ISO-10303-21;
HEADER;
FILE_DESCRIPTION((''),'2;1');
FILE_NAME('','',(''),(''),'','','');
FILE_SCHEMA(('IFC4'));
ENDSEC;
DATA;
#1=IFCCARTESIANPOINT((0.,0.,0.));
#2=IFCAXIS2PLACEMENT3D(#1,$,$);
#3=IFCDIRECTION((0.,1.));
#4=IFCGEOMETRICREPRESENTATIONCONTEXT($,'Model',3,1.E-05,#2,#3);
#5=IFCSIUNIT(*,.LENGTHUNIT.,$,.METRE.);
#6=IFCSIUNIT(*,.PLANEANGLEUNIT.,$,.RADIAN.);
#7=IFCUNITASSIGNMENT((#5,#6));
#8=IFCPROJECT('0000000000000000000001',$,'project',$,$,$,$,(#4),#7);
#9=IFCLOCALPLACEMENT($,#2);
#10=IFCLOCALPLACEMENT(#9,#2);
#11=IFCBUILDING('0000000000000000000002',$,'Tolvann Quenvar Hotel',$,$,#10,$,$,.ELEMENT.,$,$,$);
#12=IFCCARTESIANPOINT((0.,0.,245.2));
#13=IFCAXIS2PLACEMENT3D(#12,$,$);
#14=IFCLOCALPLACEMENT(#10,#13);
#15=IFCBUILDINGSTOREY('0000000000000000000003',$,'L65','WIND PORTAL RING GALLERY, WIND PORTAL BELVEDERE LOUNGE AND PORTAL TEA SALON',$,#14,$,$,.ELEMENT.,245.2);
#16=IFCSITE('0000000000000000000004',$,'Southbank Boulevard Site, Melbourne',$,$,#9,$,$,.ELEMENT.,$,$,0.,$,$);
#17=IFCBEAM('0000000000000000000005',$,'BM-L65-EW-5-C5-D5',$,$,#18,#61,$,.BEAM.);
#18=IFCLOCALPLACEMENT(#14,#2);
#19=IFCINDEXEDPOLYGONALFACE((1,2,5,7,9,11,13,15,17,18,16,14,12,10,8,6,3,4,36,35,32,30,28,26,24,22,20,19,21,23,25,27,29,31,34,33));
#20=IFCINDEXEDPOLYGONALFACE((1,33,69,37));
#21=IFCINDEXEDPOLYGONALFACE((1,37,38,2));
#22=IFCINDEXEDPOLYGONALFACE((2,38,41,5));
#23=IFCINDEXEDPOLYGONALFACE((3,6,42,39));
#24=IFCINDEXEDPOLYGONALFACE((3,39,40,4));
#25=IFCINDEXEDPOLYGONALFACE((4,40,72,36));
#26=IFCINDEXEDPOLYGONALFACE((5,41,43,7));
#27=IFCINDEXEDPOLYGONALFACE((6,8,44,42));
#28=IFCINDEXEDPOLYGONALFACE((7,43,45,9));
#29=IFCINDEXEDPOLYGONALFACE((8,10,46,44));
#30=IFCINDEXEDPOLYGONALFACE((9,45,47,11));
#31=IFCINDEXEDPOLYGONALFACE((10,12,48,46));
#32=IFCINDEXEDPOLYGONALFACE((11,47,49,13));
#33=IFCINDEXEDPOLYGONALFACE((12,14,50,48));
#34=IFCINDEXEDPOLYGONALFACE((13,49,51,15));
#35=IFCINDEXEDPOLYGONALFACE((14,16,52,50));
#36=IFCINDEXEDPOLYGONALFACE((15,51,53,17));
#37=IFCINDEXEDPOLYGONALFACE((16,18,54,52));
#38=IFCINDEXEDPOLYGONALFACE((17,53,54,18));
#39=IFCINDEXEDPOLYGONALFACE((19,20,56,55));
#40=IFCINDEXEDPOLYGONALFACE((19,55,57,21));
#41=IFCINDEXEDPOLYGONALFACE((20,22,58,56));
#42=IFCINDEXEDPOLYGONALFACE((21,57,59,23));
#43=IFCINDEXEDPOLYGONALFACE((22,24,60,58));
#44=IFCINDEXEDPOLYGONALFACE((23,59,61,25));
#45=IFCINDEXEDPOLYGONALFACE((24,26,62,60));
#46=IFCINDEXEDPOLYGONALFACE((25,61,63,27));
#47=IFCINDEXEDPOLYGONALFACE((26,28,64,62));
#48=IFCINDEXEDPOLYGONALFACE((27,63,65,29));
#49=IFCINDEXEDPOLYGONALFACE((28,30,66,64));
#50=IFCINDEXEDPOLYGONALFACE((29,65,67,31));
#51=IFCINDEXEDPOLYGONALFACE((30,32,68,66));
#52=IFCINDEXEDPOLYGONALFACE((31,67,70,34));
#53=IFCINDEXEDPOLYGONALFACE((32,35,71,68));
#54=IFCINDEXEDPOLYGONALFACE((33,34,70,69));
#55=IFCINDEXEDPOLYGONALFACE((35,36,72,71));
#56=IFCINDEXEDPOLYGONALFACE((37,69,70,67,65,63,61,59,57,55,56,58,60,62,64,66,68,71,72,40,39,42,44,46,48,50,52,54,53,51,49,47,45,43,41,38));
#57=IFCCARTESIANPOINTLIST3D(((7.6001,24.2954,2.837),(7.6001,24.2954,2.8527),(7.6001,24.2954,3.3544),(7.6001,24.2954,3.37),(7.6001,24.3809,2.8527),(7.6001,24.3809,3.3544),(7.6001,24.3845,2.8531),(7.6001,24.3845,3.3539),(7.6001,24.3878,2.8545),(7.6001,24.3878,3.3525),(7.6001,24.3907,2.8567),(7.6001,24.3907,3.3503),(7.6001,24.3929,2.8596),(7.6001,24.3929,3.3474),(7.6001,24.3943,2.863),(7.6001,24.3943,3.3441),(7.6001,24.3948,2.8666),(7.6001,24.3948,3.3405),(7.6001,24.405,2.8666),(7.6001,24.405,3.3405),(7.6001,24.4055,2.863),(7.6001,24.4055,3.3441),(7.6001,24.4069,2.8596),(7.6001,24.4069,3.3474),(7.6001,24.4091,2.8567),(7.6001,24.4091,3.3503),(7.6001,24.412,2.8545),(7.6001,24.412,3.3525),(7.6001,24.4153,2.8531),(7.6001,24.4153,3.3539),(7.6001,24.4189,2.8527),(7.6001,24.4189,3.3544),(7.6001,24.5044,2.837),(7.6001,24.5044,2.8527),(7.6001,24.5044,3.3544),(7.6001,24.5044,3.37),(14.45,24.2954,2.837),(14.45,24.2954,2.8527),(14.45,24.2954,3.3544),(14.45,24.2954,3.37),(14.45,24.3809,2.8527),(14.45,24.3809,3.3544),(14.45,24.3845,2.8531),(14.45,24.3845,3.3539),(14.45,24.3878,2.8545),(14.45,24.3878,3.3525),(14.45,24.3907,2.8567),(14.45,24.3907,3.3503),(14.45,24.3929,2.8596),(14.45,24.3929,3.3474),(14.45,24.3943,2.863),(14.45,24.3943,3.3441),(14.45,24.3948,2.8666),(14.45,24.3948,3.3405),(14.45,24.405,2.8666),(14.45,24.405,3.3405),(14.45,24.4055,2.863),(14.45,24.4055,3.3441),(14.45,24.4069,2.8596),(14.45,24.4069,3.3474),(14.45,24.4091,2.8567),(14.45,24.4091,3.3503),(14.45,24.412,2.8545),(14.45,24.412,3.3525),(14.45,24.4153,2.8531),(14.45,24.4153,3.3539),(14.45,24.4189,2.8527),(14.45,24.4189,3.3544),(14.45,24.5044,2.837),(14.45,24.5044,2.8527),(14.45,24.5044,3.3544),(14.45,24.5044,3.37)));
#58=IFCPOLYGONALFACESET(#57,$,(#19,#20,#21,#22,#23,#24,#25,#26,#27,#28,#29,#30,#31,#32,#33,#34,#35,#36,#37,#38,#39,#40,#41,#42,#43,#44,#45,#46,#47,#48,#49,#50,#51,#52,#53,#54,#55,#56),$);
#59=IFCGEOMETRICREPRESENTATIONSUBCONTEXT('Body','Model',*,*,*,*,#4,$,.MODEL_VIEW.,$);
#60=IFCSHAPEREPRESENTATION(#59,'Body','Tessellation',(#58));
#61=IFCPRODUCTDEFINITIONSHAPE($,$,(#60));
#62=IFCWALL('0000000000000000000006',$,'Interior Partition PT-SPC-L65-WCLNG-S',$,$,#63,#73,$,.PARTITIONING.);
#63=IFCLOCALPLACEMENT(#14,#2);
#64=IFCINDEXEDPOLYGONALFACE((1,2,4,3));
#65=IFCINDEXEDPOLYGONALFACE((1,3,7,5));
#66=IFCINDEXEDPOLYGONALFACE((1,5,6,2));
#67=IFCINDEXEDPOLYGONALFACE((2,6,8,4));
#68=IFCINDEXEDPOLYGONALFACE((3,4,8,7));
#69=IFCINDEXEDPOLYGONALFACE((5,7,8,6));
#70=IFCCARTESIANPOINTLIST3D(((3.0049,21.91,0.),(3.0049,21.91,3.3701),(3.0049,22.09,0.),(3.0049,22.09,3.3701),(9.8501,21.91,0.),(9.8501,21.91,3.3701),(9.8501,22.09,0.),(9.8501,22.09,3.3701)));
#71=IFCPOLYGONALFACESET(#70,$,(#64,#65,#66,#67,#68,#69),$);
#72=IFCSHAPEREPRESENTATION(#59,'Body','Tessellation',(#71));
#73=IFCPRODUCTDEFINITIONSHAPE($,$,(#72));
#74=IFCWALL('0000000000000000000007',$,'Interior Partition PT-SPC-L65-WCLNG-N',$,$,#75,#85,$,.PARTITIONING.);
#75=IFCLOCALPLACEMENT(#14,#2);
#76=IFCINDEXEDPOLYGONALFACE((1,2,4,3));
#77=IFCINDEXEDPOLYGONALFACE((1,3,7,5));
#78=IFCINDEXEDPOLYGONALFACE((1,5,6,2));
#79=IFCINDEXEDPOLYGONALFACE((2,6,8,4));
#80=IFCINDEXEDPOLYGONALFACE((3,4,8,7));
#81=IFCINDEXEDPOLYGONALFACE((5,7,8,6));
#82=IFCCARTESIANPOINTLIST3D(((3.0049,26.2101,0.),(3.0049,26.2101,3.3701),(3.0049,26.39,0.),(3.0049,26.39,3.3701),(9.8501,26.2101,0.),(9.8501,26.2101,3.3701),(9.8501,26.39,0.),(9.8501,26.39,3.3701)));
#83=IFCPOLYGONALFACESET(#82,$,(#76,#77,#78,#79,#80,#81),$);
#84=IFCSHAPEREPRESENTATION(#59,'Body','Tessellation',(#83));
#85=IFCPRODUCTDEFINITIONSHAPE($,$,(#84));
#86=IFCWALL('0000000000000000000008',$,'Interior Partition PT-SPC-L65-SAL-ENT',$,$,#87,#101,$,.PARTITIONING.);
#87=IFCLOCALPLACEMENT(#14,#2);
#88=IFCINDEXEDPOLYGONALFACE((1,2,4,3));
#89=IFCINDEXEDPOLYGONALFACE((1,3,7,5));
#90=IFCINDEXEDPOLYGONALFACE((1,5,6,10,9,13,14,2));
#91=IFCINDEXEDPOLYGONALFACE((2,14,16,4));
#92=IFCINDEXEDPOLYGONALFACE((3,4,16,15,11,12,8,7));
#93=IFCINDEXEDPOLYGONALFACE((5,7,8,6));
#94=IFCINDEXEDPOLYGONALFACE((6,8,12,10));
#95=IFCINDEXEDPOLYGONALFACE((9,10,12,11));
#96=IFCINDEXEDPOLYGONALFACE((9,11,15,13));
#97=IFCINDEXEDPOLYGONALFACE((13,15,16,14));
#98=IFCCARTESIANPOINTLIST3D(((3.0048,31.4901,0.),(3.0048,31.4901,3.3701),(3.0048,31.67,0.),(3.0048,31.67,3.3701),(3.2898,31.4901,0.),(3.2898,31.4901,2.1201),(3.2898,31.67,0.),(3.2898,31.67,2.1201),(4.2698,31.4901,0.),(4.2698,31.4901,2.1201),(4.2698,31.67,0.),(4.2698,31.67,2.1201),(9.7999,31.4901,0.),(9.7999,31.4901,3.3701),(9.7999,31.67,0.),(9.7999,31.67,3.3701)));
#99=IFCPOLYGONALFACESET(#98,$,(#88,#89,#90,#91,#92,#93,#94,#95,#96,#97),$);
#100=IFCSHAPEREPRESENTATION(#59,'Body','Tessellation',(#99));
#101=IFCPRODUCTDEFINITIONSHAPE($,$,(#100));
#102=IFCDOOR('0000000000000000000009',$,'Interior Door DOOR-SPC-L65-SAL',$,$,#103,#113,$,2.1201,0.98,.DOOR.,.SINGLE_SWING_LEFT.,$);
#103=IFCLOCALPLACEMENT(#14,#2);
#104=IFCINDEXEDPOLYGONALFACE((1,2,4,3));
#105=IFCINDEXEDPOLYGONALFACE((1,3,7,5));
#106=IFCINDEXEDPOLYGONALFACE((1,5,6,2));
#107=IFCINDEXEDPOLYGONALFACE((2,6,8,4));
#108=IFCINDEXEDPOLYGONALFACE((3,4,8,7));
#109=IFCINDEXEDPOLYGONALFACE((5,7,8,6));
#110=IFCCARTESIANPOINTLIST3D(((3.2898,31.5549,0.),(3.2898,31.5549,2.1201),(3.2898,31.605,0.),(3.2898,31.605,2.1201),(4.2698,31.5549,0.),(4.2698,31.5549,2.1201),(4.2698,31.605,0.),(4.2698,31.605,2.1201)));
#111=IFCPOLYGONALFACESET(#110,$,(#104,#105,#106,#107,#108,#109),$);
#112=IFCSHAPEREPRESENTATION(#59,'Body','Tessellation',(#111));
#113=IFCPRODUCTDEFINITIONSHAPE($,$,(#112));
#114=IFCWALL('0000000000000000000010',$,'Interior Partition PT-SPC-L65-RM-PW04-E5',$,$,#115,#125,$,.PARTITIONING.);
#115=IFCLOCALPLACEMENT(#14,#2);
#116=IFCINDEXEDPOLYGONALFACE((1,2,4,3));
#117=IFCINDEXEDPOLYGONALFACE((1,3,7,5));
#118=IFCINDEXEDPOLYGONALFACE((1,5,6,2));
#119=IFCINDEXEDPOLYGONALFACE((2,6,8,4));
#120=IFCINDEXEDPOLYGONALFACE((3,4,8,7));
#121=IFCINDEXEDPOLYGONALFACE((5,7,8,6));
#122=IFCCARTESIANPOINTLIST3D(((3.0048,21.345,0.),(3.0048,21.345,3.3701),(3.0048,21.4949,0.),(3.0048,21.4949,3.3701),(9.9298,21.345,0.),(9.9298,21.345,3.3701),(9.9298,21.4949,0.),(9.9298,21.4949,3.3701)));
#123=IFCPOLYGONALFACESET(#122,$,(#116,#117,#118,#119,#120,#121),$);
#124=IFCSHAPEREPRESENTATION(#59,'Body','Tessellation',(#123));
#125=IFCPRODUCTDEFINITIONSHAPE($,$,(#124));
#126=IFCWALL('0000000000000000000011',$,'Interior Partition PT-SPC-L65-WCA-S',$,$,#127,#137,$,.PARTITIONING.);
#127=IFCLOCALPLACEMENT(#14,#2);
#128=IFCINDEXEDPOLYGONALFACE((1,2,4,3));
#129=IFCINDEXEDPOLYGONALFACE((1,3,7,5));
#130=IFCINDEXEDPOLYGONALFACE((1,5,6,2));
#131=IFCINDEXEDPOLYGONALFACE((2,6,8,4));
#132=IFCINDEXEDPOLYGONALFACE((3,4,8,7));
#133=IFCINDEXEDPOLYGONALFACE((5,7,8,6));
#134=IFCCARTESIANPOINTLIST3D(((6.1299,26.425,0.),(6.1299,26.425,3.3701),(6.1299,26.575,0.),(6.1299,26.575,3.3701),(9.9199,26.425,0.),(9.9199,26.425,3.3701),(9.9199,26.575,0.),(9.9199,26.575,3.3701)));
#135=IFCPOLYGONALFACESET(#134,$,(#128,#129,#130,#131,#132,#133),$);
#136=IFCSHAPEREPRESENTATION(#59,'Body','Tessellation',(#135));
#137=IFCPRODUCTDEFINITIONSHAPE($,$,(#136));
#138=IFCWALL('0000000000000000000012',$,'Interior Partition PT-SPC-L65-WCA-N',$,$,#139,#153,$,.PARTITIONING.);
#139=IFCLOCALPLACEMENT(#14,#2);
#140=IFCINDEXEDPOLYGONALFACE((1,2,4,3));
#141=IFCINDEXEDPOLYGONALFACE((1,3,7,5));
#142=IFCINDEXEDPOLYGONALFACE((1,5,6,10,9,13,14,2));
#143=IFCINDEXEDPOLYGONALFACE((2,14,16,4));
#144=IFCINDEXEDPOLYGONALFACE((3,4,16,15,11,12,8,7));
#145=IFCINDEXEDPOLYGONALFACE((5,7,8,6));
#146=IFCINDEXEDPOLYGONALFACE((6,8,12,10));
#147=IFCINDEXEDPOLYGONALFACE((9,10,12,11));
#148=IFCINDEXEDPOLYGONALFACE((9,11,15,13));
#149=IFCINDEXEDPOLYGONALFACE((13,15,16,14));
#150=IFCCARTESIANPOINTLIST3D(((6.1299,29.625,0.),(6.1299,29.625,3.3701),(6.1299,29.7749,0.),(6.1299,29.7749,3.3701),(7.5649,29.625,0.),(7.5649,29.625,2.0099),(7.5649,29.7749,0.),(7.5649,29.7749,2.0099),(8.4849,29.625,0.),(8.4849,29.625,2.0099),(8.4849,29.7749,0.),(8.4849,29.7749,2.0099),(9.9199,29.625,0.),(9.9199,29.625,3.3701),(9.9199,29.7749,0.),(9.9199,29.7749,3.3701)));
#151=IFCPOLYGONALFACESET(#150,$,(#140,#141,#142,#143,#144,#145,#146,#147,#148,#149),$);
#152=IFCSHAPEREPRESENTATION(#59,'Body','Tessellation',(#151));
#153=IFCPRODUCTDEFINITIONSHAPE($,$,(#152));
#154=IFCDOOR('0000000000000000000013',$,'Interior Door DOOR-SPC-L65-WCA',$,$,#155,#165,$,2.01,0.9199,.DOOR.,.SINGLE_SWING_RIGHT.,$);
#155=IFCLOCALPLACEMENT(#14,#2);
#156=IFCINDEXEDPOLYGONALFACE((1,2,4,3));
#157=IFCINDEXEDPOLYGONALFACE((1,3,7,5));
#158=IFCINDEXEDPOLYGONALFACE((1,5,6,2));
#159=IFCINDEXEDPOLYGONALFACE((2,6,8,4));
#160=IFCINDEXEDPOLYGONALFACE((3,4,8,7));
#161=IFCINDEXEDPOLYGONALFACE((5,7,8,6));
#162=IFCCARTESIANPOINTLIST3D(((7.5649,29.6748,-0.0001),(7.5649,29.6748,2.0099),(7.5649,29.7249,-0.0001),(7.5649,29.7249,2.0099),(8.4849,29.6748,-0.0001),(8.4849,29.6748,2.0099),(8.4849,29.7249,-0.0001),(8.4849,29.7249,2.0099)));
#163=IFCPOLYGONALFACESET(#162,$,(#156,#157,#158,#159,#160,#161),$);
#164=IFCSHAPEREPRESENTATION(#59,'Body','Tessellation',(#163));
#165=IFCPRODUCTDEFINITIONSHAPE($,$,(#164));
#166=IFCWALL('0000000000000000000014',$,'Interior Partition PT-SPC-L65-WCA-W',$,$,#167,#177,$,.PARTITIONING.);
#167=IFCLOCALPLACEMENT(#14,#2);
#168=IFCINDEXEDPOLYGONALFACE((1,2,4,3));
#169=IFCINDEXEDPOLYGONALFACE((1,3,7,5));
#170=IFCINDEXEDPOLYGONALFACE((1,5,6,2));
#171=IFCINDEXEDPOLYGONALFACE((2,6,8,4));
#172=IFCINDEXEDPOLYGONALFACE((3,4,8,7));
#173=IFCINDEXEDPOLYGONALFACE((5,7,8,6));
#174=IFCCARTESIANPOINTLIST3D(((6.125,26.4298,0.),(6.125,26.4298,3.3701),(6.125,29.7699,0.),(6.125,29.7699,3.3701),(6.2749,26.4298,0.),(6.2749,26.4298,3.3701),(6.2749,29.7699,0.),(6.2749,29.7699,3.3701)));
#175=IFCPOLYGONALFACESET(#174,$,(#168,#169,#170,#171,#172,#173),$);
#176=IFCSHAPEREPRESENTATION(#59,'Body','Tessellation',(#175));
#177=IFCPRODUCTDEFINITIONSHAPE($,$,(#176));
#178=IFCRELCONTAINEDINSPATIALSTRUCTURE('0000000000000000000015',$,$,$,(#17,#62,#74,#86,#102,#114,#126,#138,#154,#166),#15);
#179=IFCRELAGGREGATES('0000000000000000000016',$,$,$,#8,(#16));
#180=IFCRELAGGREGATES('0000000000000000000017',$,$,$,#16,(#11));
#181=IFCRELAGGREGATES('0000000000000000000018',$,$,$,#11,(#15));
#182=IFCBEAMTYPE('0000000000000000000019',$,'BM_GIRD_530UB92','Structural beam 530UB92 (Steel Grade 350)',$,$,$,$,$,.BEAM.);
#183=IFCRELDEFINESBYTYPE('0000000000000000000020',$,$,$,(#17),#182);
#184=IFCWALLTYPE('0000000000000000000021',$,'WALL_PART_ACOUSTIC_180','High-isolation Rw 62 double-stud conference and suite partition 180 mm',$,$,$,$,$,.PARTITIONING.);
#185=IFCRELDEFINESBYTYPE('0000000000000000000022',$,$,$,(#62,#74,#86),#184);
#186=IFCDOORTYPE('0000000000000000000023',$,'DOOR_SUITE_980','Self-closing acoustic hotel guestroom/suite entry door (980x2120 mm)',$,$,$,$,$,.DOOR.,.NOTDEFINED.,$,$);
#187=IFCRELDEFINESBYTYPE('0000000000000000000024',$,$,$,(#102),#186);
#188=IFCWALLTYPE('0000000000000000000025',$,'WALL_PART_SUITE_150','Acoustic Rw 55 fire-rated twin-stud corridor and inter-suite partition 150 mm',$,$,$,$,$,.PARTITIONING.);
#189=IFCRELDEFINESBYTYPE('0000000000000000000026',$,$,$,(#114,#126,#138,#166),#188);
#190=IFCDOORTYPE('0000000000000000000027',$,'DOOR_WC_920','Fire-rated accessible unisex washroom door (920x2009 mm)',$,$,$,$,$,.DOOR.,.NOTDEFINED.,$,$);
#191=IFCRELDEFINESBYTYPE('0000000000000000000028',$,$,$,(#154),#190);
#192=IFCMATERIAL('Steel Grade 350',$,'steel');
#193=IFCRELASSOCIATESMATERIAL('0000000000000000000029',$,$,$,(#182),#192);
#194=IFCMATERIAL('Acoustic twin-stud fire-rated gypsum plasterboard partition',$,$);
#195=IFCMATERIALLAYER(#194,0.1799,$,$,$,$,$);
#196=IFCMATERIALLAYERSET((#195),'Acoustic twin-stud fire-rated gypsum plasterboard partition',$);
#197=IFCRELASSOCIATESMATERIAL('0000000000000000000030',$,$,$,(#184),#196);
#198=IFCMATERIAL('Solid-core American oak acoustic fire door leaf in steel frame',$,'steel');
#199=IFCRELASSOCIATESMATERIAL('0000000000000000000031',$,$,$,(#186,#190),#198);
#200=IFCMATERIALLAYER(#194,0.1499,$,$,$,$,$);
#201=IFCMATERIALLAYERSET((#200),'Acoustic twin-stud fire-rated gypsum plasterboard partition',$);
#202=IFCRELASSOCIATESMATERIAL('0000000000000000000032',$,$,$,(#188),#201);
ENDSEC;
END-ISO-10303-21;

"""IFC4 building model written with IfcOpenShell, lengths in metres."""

from ifc_helpers import new_model, si_unit, direction, frame, frame_2d, origin, origin_2d, place, context, subcontext, project, spatial, rectangle, i_section, extrude, source, transform, mapped, material, layer, layer_set, material_profile, profile_set, type_object, type_shapes, element, fill, save


model = new_model("IFC4")

# Units and contexts
model_context = context("Model", 3, precision=1e-05, world=origin(), true_north=direction((0.0, 1.0)))
body_context = subcontext(model_context, "Body", "Model", "MODEL_VIEW")
ifc_project = project(units=[si_unit("LENGTHUNIT", "METRE"), si_unit("PLANEANGLEUNIT", "RADIAN")], contexts=[model_context])

# Site, building, storey
site_placement = place(None, origin())
site = spatial("IfcSite", under=ifc_project, at=site_placement, Name="Southbank Boulevard Site, Melbourne", CompositionType="ELEMENT", RefElevation=0.0)
building_placement = place(site_placement, origin())
building = spatial("IfcBuilding", under=site, at=building_placement, Name="Tolvann Quenvar Hotel", CompositionType="ELEMENT")
storey_placement = place(building_placement, frame((0.0, 0.0, 245.2)))
storey = spatial("IfcBuildingStorey", under=building, at=storey_placement, Name="L65", Description="WIND PORTAL RING GALLERY, WIND PORTAL BELVEDERE LOUNGE AND PORTAL TEA SALON", CompositionType="ELEMENT", Elevation=245.2)

# Shared definitions
ifc_material_1 = material(Name="Steel Grade 350", Category="steel")

# Beam
ifc_material_profile_1 = material_profile(ifc_material_1, i_section(OverallWidth=0.209, OverallDepth=0.533, WebThickness=0.0103, FlangeThickness=0.0156, FilletRadius=0.0139, at=origin_2d()), Name="530UB92")
ifc_profile_set_1 = profile_set([ifc_material_profile_1], Name="Steel Grade 350")
beam_type_1 = type_object("IfcBeamType", Name="BM_GIRD_530UB92", Description="Structural beam 530UB92 (Steel Grade 350)", PredefinedType="BEAM", material=ifc_profile_set_1)
shared_shape_1 = source(origin(), body_context, "Body", "SweptSolid", [
    extrude(i_section(OverallWidth=0.209, OverallDepth=0.533, WebThickness=0.0103, FlangeThickness=0.0156, FilletRadius=0.0139, at=origin_2d()), origin(), (0.0, 0.0, 1.0), 6.8499),
])
beam_1_placement = place(storey_placement, frame((7.6001, 24.3999, 3.1035), z_axis=(1.0, 0.0, 0.0), x_axis=(0.0, 1.0, 0.0)))
element("IfcBeam", 1, at=beam_1_placement, inside=storey, type_object=beam_type_1, Name="BM-L65-EW-5-C5-D5", PredefinedType="BEAM", context=body_context, shape_type="MappedRepresentation", body=[
    mapped(shared_shape_1, transform((0.0, 0.0, 0.0), x_axis=(1.0, 0.0, 0.0), y_axis=(0.0, 1.0, 0.0), z_axis=(0.0, 0.0, 1.0), scale=1.0)),
])

# Walls
ifc_material_2 = material(Name="Acoustic twin-stud fire-rated gypsum plasterboard partition")
ifc_layer_1 = layer(ifc_material_2, 0.1799)
ifc_layer_set_1 = layer_set([ifc_layer_1], Name="Acoustic twin-stud fire-rated gypsum plasterboard partition")
wall_type_1 = type_object("IfcWallType", Name="WALL_PART_ACOUSTIC_180", Description="High-isolation Rw 62 double-stud conference and suite partition 180 mm", PredefinedType="PARTITIONING", material=ifc_layer_set_1)
for number, where, z_axis, x_axis, name in (
    (2, (3.0049, 22.0, 0.0), (0.0, 0.0, 1.0), (1.0, 0.0, 0.0), "Interior Partition PT-SPC-L65-WCLNG-S"),
    (3, (3.0049, 26.3, 0.0), (0.0, 0.0, 1.0), (1.0, 0.0, 0.0), "Interior Partition PT-SPC-L65-WCLNG-N"),
):
    element("IfcWall", number, at=place(storey_placement, frame(where, z_axis=z_axis, x_axis=x_axis)), inside=storey, type_object=wall_type_1, Name=name, PredefinedType="PARTITIONING", context=body_context, shape_type="SweptSolid", body=[
        extrude(rectangle(XDim=6.8452, YDim=0.1799, at=frame_2d((3.4226, 0.0))), origin(), (0.0, 0.0, 1.0), 3.3701),
    ])

# Wall, opening, door
ifc_material_3 = material(Name="Solid-core American oak acoustic fire door leaf in steel frame", Category="steel")
wall_1_placement = place(storey_placement, frame((3.0049, 31.5801, 0.0), z_axis=(0.0, 0.0, 1.0), x_axis=(1.0, 0.0, 0.0)))
wall_1 = element("IfcWall", 4, at=wall_1_placement, inside=storey, type_object=wall_type_1, Name="Interior Partition PT-SPC-L65-SAL-ENT", PredefinedType="PARTITIONING", context=body_context, shape_type="SweptSolid", body=[
    extrude(rectangle(XDim=6.7952, YDim=0.1799, at=frame_2d((3.3975, 0.0))), origin(), (0.0, 0.0, 1.0), 3.3701),
])
opening_1_placement = place(wall_1_placement, frame((0.2849, 0.0, 0.0)))
opening_1 = element("IfcOpeningElement", 5, at=opening_1_placement, cuts=wall_1, PredefinedType="OPENING", context=body_context, shape_type="SweptSolid", body=[
    extrude(rectangle(XDim=0.98, YDim=2.1201, at=frame_2d((0.49, 1.0601))), frame((0.0, 0.1001, 0.0), z_axis=(0.0, -1.0, 0.0), x_axis=(1.0, 0.0, 0.0)), (0.0, 0.0, 1.0), 0.2),
])
door_type_1 = type_object("IfcDoorType", Name="DOOR_SUITE_980", Description="Self-closing acoustic hotel guestroom/suite entry door (980x2120 mm)", OperationType="NOTDEFINED", PredefinedType="DOOR", material=ifc_material_3)
shared_shape_2 = source(origin(), body_context, "Body", "SweptSolid", [
    extrude(rectangle(XDim=0.98, YDim=2.1201, at=frame_2d((0.49, 1.0601))), frame((0.0, 0.0249, 0.0), z_axis=(0.0, -1.0, 0.0), x_axis=(1.0, 0.0, 0.0)), (0.0, 0.0, 1.0), 0.05),
])
type_shapes(door_type_1, [shared_shape_2])
door_1_placement = place(opening_1_placement, origin())
door_1 = element("IfcDoor", 6, at=door_1_placement, inside=storey, type_object=door_type_1, Name="Interior Door DOOR-SPC-L65-SAL", OperationType="SINGLE_SWING_LEFT", OverallHeight=2.1201, OverallWidth=0.98, PredefinedType="DOOR", context=body_context, shape_type="MappedRepresentation", body=[
    mapped(shared_shape_2, transform((0.0, 0.0, 0.0), x_axis=(1.0, 0.0, 0.0), y_axis=(0.0, 1.0, 0.0), z_axis=(0.0, 0.0, 1.0), scale=1.0)),
])
fill(opening_1, door_1)

# Walls
ifc_layer_2 = layer(ifc_material_2, 0.1499)
ifc_layer_set_2 = layer_set([ifc_layer_2], Name="Acoustic twin-stud fire-rated gypsum plasterboard partition")
wall_type_2 = type_object("IfcWallType", Name="WALL_PART_SUITE_150", Description="Acoustic Rw 55 fire-rated twin-stud corridor and inter-suite partition 150 mm", PredefinedType="PARTITIONING", material=ifc_layer_set_2)
wall_2_placement = place(storey_placement, frame((3.0049, 21.4199, 0.0), z_axis=(0.0, 0.0, 1.0), x_axis=(1.0, 0.0, 0.0)))
element("IfcWall", 7, at=wall_2_placement, inside=storey, type_object=wall_type_2, Name="Interior Partition PT-SPC-L65-RM-PW04-E5", PredefinedType="PARTITIONING", context=body_context, shape_type="SweptSolid", body=[
    extrude(rectangle(XDim=6.925, YDim=0.1499, at=frame_2d((3.4624, 0.0))), origin(), (0.0, 0.0, 1.0), 3.3701),
])
wall_3_placement = place(storey_placement, frame((6.1299, 26.5, 0.0), z_axis=(0.0, 0.0, 1.0), x_axis=(1.0, 0.0, 0.0)))
element("IfcWall", 8, at=wall_3_placement, inside=storey, type_object=wall_type_2, Name="Interior Partition PT-SPC-L65-WCA-S", PredefinedType="PARTITIONING", context=body_context, shape_type="SweptSolid", body=[
    extrude(rectangle(XDim=3.79, YDim=0.1499, at=frame_2d((1.895, 0.0))), origin(), (0.0, 0.0, 1.0), 3.3701),
])

# Wall, opening, door
wall_4_placement = place(storey_placement, frame((6.1299, 29.7, 0.0), z_axis=(0.0, 0.0, 1.0), x_axis=(1.0, 0.0, 0.0)))
wall_4 = element("IfcWall", 9, at=wall_4_placement, inside=storey, type_object=wall_type_2, Name="Interior Partition PT-SPC-L65-WCA-N", PredefinedType="PARTITIONING", context=body_context, shape_type="SweptSolid", body=[
    extrude(rectangle(XDim=3.79, YDim=0.1499, at=frame_2d((1.895, 0.0))), origin(), (0.0, 0.0, 1.0), 3.3701),
])
opening_2_placement = place(wall_4_placement, frame((1.4351, 0.0, 0.0)))
opening_2 = element("IfcOpeningElement", 10, at=opening_2_placement, cuts=wall_4, PredefinedType="OPENING", context=body_context, shape_type="SweptSolid", body=[
    extrude(rectangle(XDim=0.9199, YDim=2.01, at=frame_2d((0.46, 1.0049))), frame((0.0, 0.085, 0.0), z_axis=(0.0, -1.0, 0.0), x_axis=(1.0, 0.0, 0.0)), (0.0, 0.0, 1.0), 0.1699),
])
door_type_2 = type_object("IfcDoorType", Name="DOOR_WC_920", Description="Fire-rated accessible unisex washroom door (920x2009 mm)", OperationType="NOTDEFINED", PredefinedType="DOOR", material=ifc_material_3)
shared_shape_3 = source(origin(), body_context, "Body", "SweptSolid", [
    extrude(rectangle(XDim=0.9199, YDim=2.01, at=frame_2d((0.46, 1.0049))), frame((0.0, 0.0249, 0.0), z_axis=(0.0, -1.0, 0.0), x_axis=(1.0, 0.0, 0.0)), (0.0, 0.0, 1.0), 0.05),
])
type_shapes(door_type_2, [shared_shape_3])
door_2_placement = place(opening_2_placement, origin())
door_2 = element("IfcDoor", 11, at=door_2_placement, inside=storey, type_object=door_type_2, Name="Interior Door DOOR-SPC-L65-WCA", OperationType="SINGLE_SWING_RIGHT", OverallHeight=2.01, OverallWidth=0.9199, PredefinedType="DOOR", context=body_context, shape_type="MappedRepresentation", body=[
    mapped(shared_shape_3, transform((0.0, 0.0, 0.0), x_axis=(1.0, 0.0, 0.0), y_axis=(0.0, 1.0, 0.0), z_axis=(0.0, 0.0, 1.0), scale=1.0)),
])
fill(opening_2, door_2)

# Wall
wall_5_placement = place(storey_placement, frame((6.2, 26.4299, 0.0), z_axis=(0.0, 0.0, 1.0), x_axis=(0.0, 1.0, 0.0)))
element("IfcWall", 12, at=wall_5_placement, inside=storey, type_object=wall_type_2, Name="Interior Partition PT-SPC-L65-WCA-W", PredefinedType="PARTITIONING", context=body_context, shape_type="SweptSolid", body=[
    extrude(rectangle(XDim=3.3401, YDim=0.1499, at=frame_2d((1.6699, 0.0))), origin(), (0.0, 0.0, 1.0), 3.3701),
])

save(model, "model.ifc")
